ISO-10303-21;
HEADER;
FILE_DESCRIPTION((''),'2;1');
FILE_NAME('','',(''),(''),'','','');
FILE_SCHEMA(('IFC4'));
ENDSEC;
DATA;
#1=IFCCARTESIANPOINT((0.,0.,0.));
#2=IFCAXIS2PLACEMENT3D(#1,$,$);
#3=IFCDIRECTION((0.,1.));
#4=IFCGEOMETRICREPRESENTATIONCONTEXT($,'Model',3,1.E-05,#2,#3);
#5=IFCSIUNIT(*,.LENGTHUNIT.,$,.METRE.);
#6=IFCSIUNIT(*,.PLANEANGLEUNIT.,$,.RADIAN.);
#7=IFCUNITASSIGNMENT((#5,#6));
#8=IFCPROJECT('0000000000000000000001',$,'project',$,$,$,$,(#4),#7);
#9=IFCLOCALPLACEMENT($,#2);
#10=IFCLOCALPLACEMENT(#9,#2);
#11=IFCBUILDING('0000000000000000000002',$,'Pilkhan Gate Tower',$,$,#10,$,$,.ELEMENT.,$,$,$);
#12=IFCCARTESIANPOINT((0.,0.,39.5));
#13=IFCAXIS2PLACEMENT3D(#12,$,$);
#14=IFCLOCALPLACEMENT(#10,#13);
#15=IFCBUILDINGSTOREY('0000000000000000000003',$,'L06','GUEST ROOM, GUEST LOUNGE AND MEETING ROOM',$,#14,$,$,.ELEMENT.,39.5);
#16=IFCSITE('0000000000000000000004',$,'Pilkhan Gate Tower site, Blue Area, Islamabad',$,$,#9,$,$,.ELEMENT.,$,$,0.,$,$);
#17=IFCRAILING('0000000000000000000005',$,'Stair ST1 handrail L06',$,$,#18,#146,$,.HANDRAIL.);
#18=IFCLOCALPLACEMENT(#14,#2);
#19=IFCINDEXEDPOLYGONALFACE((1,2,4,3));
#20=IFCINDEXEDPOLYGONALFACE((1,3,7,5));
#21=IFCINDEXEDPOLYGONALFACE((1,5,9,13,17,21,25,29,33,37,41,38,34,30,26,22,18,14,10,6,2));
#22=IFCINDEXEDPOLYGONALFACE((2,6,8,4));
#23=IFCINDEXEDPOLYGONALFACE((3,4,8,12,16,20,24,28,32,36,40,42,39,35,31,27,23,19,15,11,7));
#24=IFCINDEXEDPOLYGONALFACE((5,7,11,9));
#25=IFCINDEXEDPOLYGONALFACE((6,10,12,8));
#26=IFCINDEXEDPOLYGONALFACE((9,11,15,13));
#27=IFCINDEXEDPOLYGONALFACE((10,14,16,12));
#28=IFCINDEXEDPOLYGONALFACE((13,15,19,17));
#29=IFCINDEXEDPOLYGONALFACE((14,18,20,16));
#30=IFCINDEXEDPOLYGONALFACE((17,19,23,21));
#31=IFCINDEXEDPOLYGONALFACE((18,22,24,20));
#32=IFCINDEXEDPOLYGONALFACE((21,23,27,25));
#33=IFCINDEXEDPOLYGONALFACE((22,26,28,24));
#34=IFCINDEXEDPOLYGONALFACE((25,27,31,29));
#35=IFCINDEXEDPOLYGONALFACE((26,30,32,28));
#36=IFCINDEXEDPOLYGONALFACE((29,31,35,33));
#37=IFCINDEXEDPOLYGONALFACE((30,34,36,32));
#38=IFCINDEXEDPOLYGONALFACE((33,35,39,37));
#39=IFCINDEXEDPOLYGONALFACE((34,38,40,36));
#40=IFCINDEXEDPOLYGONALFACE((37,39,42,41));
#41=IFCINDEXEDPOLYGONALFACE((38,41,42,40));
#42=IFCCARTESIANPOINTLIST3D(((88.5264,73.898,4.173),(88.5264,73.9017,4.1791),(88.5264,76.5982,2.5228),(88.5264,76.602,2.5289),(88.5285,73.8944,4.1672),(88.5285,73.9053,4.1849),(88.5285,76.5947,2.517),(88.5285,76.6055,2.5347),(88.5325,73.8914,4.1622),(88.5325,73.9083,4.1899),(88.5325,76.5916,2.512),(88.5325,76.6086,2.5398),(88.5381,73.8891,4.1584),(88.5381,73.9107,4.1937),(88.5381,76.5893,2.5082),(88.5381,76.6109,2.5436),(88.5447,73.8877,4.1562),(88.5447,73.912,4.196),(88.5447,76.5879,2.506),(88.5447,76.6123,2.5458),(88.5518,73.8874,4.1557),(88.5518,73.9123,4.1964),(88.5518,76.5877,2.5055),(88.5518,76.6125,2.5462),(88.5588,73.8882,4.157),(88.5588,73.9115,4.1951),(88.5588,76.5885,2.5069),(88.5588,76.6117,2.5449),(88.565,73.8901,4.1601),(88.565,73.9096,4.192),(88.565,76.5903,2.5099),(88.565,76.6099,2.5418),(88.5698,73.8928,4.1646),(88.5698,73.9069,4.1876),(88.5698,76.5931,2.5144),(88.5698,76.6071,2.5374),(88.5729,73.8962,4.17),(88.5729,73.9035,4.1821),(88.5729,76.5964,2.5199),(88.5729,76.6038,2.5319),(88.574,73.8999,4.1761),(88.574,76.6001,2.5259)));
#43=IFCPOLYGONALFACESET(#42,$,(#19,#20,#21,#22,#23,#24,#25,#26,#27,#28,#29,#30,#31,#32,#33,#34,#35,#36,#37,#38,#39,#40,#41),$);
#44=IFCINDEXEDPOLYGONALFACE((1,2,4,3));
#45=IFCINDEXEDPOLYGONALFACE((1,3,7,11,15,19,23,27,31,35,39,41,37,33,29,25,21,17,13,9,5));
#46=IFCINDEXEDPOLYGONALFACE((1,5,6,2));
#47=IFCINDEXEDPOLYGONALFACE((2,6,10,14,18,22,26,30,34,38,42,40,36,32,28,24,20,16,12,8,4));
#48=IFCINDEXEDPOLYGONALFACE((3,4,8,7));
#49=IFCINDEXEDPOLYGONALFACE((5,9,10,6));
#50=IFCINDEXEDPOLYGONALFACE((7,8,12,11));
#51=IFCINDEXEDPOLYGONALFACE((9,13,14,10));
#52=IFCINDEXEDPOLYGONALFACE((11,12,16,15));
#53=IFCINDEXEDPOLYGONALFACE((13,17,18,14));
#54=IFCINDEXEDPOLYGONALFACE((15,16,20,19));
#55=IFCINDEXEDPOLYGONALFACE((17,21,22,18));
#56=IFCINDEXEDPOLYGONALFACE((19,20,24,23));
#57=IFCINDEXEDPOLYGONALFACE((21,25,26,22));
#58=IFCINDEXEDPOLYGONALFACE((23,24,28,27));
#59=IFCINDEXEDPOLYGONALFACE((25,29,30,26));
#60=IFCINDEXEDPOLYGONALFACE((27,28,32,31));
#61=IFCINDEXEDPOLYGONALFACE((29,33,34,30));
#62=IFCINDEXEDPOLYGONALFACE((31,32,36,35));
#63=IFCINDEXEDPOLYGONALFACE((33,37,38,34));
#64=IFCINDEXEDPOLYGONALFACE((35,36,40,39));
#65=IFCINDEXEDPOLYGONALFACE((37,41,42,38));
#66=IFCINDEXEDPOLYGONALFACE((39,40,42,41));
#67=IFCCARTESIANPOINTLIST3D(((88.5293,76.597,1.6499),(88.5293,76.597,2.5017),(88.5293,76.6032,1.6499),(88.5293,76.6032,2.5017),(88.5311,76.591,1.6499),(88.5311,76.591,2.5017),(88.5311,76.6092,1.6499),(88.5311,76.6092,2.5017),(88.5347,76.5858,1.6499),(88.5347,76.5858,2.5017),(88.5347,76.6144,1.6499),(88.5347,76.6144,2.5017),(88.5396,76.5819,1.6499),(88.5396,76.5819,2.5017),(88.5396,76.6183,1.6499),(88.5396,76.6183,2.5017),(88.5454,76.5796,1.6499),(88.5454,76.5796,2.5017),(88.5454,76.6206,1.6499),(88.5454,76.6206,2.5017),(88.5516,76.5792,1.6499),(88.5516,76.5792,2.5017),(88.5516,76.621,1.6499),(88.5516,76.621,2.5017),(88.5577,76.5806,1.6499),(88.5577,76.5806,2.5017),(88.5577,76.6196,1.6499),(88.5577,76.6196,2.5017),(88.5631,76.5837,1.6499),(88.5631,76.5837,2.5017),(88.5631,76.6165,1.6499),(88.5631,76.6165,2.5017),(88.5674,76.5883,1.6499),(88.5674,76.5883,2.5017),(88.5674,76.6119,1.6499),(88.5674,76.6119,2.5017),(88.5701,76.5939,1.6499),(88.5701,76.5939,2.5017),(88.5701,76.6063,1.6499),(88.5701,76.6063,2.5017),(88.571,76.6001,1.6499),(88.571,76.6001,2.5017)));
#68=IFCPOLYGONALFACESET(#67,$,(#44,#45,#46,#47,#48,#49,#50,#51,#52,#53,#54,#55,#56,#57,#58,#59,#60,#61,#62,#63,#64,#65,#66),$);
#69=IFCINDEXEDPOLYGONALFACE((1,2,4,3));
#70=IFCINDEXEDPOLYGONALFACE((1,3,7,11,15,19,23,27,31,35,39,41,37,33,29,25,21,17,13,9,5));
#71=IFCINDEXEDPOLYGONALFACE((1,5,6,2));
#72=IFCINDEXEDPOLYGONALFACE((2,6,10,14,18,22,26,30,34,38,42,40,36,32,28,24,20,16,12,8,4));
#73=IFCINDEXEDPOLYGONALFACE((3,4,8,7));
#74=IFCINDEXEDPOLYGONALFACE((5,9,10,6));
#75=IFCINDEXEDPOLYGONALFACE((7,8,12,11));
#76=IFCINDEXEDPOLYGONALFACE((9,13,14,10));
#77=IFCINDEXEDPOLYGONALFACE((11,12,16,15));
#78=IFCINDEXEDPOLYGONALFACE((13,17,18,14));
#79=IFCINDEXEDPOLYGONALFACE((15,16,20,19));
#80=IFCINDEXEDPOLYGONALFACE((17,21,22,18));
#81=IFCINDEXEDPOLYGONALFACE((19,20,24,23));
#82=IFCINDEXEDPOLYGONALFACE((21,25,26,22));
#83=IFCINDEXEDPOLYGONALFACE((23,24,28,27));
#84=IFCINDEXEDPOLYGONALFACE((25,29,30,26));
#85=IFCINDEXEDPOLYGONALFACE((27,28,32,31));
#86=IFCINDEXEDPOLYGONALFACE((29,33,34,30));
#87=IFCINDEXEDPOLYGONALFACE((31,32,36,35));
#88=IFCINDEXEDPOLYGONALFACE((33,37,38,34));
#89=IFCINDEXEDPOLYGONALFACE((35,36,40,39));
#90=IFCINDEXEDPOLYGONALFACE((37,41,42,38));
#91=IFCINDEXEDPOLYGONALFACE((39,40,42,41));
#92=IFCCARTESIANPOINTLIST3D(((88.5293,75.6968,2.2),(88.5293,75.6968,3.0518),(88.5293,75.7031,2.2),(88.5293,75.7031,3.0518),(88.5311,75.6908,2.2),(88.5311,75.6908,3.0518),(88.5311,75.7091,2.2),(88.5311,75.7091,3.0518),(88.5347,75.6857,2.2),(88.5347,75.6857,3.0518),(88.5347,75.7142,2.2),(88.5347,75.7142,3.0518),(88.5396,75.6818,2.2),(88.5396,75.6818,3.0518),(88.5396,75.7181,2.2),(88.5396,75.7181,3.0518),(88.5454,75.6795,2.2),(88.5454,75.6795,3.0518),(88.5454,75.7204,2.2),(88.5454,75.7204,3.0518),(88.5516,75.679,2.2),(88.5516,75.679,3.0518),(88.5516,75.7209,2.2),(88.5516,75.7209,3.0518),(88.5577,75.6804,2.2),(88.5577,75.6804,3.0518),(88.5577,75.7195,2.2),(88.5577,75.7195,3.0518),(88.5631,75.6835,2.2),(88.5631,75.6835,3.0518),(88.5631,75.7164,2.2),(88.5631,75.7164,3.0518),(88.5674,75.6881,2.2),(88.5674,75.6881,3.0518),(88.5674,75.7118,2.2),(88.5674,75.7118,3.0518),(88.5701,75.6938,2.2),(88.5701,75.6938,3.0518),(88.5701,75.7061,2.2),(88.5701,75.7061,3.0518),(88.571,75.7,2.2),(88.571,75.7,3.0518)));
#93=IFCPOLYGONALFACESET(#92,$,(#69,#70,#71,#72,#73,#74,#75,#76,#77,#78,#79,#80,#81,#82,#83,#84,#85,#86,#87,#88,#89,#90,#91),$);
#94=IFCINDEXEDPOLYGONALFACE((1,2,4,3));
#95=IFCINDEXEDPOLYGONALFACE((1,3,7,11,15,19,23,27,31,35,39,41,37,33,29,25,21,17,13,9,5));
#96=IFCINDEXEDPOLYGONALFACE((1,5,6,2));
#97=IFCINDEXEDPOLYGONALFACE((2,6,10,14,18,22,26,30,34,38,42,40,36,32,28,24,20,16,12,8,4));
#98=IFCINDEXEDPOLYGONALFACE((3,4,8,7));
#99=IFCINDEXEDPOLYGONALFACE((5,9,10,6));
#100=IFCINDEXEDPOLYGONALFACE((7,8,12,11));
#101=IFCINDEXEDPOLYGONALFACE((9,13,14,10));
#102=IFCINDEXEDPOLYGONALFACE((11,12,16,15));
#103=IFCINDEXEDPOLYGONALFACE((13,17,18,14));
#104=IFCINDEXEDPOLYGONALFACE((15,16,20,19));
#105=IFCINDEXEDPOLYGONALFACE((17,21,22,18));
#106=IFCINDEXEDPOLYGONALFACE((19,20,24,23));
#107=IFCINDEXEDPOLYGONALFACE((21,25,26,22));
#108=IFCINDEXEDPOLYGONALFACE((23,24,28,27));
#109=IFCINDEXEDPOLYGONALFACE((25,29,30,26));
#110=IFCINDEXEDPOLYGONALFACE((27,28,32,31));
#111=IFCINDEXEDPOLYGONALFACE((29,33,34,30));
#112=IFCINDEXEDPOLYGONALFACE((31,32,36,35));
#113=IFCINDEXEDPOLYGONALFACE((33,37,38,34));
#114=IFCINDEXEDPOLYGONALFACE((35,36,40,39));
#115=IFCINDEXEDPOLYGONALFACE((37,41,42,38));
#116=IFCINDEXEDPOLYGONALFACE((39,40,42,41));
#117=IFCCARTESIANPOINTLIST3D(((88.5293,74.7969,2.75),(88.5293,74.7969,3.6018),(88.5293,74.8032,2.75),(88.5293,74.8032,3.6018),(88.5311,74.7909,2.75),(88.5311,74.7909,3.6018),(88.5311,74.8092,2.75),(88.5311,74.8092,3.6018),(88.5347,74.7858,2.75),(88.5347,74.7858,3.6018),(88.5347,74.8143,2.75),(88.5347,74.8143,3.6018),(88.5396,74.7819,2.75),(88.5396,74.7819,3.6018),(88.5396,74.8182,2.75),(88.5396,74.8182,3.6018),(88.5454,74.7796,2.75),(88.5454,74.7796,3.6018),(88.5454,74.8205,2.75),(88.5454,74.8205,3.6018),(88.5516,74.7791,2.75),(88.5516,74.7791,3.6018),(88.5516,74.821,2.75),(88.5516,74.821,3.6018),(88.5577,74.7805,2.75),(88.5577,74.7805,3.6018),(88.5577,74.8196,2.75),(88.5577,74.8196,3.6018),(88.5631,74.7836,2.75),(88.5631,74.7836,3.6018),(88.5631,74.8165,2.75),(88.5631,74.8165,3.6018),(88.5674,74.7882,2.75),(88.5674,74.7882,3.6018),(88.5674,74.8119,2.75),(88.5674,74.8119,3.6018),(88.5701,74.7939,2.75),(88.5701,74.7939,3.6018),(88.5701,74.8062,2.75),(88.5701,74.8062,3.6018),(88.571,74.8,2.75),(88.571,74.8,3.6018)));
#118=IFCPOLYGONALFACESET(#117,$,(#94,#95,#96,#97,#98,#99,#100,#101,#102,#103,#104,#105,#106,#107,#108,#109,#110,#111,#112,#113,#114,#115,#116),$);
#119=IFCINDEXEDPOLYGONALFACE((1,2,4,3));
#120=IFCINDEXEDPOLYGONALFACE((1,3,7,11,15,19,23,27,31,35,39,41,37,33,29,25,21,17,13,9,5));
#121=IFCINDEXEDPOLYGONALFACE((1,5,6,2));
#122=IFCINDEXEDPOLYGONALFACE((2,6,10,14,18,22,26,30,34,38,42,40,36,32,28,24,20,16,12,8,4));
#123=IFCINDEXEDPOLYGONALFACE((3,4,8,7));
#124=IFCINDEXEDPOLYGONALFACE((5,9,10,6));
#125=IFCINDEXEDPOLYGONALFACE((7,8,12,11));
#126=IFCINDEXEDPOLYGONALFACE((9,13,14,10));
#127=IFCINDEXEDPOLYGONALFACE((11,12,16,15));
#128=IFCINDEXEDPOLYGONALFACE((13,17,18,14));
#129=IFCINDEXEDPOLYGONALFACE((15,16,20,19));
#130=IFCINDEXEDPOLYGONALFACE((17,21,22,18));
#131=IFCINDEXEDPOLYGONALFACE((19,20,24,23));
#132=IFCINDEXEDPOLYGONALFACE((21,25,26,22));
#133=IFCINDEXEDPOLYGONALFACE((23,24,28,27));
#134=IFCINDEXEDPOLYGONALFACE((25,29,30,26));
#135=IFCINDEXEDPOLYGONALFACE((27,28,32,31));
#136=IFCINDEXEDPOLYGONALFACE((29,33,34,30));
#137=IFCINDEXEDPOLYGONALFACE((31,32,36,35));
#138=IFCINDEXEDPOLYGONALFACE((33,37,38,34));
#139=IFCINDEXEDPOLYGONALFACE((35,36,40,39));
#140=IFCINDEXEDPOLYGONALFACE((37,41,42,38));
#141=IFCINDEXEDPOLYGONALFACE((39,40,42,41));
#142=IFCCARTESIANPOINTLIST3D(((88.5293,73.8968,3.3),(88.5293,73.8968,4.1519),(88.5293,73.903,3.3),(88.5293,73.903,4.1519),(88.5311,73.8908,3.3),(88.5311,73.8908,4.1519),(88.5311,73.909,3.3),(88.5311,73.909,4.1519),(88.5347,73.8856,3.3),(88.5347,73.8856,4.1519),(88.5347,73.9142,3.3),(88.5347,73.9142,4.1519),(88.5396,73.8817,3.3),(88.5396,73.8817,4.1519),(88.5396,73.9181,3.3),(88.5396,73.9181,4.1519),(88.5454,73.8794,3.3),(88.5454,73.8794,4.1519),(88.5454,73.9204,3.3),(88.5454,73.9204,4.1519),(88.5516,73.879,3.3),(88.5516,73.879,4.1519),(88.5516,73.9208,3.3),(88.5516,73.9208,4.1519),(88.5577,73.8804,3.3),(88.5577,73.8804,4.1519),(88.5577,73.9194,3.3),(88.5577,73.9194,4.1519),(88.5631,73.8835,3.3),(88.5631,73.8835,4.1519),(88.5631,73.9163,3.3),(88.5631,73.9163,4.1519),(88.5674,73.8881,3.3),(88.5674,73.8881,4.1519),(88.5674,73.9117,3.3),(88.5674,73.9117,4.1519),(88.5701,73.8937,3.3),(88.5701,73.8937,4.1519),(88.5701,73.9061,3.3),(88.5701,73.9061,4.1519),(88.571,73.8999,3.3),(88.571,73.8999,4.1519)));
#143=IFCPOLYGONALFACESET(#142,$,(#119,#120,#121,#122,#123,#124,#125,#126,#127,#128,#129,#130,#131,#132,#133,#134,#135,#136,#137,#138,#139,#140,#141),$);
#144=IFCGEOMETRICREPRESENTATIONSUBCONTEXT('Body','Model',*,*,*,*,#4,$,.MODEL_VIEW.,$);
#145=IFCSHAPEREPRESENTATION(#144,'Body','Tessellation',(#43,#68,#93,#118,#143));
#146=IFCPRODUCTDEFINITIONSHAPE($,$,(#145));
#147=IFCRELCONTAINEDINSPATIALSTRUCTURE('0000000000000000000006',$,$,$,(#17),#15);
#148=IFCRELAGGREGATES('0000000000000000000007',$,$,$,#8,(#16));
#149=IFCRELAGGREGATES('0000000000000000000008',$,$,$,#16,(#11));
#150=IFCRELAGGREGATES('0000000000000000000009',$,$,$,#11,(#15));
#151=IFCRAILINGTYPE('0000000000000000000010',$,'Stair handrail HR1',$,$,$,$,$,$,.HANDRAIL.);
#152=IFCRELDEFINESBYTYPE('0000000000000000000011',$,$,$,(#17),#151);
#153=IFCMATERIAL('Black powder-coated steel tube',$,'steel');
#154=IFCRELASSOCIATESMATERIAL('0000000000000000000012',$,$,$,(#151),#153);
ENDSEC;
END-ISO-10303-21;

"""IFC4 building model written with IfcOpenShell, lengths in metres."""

from ifc_helpers import new_model, si_unit, direction, frame, origin, origin_2d, place, context, subcontext, project, spatial, circle, extrude, material, type_object, element, save


model = new_model("IFC4")

# Units and contexts
model_context = context("Model", 3, precision=1e-05, world=origin(), true_north=direction((0.0, 1.0)))
body_context = subcontext(model_context, "Body", "Model", "MODEL_VIEW")
ifc_project = project(units=[si_unit("LENGTHUNIT", "METRE"), si_unit("PLANEANGLEUNIT", "RADIAN")], contexts=[model_context])

# Site, building, storey
site_placement = place(None, origin())
site = spatial("IfcSite", under=ifc_project, at=site_placement, Name="Pilkhan Gate Tower site, Blue Area, Islamabad", CompositionType="ELEMENT", RefElevation=0.0)
building_placement = place(site_placement, origin())
building = spatial("IfcBuilding", under=site, at=building_placement, Name="Pilkhan Gate Tower", CompositionType="ELEMENT")
storey_placement = place(building_placement, frame((0.0, 0.0, 39.5)))
storey = spatial("IfcBuildingStorey", under=building, at=storey_placement, Name="L06", Description="GUEST ROOM, GUEST LOUNGE AND MEETING ROOM", CompositionType="ELEMENT", Elevation=39.5)

# Railing
ifc_material_1 = material(Name="Black powder-coated steel tube", Category="steel")
railing_type_1 = type_object("IfcRailingType", Name="Stair handrail HR1", PredefinedType="HANDRAIL", material=ifc_material_1)
railing_1_placement = place(storey_placement, frame((88.55, 76.6001, 1.6499)))
element("IfcRailing", 1, at=railing_1_placement, inside=storey, type_object=railing_type_1, Name="Stair ST1 handrail L06", PredefinedType="HANDRAIL", context=body_context, shape_type="SweptSolid", body=[
    extrude(circle(Radius=0.0239, at=origin_2d()), frame((0.0, 0.0, 0.876), z_axis=(0.0, -0.853278, 0.521456), x_axis=(1.0, 0.0, 0.0)), (0.0, 0.0, 1.0), 3.1646),
    extrude(circle(Radius=0.021, at=origin_2d()), origin(), (0.0, 0.0, 1.0), 0.8518),
    extrude(circle(Radius=0.021, at=origin_2d()), frame((0.0, -0.9001, 0.55)), (0.0, 0.0, 1.0), 0.8518),
    extrude(circle(Radius=0.021, at=origin_2d()), frame((0.0, -1.8, 1.1001)), (0.0, 0.0, 1.0), 0.8518),
    extrude(circle(Radius=0.021, at=origin_2d()), frame((0.0, -2.7002, 1.6501)), (0.0, 0.0, 1.0), 0.8518),
])

save(model, "model.ifc")
